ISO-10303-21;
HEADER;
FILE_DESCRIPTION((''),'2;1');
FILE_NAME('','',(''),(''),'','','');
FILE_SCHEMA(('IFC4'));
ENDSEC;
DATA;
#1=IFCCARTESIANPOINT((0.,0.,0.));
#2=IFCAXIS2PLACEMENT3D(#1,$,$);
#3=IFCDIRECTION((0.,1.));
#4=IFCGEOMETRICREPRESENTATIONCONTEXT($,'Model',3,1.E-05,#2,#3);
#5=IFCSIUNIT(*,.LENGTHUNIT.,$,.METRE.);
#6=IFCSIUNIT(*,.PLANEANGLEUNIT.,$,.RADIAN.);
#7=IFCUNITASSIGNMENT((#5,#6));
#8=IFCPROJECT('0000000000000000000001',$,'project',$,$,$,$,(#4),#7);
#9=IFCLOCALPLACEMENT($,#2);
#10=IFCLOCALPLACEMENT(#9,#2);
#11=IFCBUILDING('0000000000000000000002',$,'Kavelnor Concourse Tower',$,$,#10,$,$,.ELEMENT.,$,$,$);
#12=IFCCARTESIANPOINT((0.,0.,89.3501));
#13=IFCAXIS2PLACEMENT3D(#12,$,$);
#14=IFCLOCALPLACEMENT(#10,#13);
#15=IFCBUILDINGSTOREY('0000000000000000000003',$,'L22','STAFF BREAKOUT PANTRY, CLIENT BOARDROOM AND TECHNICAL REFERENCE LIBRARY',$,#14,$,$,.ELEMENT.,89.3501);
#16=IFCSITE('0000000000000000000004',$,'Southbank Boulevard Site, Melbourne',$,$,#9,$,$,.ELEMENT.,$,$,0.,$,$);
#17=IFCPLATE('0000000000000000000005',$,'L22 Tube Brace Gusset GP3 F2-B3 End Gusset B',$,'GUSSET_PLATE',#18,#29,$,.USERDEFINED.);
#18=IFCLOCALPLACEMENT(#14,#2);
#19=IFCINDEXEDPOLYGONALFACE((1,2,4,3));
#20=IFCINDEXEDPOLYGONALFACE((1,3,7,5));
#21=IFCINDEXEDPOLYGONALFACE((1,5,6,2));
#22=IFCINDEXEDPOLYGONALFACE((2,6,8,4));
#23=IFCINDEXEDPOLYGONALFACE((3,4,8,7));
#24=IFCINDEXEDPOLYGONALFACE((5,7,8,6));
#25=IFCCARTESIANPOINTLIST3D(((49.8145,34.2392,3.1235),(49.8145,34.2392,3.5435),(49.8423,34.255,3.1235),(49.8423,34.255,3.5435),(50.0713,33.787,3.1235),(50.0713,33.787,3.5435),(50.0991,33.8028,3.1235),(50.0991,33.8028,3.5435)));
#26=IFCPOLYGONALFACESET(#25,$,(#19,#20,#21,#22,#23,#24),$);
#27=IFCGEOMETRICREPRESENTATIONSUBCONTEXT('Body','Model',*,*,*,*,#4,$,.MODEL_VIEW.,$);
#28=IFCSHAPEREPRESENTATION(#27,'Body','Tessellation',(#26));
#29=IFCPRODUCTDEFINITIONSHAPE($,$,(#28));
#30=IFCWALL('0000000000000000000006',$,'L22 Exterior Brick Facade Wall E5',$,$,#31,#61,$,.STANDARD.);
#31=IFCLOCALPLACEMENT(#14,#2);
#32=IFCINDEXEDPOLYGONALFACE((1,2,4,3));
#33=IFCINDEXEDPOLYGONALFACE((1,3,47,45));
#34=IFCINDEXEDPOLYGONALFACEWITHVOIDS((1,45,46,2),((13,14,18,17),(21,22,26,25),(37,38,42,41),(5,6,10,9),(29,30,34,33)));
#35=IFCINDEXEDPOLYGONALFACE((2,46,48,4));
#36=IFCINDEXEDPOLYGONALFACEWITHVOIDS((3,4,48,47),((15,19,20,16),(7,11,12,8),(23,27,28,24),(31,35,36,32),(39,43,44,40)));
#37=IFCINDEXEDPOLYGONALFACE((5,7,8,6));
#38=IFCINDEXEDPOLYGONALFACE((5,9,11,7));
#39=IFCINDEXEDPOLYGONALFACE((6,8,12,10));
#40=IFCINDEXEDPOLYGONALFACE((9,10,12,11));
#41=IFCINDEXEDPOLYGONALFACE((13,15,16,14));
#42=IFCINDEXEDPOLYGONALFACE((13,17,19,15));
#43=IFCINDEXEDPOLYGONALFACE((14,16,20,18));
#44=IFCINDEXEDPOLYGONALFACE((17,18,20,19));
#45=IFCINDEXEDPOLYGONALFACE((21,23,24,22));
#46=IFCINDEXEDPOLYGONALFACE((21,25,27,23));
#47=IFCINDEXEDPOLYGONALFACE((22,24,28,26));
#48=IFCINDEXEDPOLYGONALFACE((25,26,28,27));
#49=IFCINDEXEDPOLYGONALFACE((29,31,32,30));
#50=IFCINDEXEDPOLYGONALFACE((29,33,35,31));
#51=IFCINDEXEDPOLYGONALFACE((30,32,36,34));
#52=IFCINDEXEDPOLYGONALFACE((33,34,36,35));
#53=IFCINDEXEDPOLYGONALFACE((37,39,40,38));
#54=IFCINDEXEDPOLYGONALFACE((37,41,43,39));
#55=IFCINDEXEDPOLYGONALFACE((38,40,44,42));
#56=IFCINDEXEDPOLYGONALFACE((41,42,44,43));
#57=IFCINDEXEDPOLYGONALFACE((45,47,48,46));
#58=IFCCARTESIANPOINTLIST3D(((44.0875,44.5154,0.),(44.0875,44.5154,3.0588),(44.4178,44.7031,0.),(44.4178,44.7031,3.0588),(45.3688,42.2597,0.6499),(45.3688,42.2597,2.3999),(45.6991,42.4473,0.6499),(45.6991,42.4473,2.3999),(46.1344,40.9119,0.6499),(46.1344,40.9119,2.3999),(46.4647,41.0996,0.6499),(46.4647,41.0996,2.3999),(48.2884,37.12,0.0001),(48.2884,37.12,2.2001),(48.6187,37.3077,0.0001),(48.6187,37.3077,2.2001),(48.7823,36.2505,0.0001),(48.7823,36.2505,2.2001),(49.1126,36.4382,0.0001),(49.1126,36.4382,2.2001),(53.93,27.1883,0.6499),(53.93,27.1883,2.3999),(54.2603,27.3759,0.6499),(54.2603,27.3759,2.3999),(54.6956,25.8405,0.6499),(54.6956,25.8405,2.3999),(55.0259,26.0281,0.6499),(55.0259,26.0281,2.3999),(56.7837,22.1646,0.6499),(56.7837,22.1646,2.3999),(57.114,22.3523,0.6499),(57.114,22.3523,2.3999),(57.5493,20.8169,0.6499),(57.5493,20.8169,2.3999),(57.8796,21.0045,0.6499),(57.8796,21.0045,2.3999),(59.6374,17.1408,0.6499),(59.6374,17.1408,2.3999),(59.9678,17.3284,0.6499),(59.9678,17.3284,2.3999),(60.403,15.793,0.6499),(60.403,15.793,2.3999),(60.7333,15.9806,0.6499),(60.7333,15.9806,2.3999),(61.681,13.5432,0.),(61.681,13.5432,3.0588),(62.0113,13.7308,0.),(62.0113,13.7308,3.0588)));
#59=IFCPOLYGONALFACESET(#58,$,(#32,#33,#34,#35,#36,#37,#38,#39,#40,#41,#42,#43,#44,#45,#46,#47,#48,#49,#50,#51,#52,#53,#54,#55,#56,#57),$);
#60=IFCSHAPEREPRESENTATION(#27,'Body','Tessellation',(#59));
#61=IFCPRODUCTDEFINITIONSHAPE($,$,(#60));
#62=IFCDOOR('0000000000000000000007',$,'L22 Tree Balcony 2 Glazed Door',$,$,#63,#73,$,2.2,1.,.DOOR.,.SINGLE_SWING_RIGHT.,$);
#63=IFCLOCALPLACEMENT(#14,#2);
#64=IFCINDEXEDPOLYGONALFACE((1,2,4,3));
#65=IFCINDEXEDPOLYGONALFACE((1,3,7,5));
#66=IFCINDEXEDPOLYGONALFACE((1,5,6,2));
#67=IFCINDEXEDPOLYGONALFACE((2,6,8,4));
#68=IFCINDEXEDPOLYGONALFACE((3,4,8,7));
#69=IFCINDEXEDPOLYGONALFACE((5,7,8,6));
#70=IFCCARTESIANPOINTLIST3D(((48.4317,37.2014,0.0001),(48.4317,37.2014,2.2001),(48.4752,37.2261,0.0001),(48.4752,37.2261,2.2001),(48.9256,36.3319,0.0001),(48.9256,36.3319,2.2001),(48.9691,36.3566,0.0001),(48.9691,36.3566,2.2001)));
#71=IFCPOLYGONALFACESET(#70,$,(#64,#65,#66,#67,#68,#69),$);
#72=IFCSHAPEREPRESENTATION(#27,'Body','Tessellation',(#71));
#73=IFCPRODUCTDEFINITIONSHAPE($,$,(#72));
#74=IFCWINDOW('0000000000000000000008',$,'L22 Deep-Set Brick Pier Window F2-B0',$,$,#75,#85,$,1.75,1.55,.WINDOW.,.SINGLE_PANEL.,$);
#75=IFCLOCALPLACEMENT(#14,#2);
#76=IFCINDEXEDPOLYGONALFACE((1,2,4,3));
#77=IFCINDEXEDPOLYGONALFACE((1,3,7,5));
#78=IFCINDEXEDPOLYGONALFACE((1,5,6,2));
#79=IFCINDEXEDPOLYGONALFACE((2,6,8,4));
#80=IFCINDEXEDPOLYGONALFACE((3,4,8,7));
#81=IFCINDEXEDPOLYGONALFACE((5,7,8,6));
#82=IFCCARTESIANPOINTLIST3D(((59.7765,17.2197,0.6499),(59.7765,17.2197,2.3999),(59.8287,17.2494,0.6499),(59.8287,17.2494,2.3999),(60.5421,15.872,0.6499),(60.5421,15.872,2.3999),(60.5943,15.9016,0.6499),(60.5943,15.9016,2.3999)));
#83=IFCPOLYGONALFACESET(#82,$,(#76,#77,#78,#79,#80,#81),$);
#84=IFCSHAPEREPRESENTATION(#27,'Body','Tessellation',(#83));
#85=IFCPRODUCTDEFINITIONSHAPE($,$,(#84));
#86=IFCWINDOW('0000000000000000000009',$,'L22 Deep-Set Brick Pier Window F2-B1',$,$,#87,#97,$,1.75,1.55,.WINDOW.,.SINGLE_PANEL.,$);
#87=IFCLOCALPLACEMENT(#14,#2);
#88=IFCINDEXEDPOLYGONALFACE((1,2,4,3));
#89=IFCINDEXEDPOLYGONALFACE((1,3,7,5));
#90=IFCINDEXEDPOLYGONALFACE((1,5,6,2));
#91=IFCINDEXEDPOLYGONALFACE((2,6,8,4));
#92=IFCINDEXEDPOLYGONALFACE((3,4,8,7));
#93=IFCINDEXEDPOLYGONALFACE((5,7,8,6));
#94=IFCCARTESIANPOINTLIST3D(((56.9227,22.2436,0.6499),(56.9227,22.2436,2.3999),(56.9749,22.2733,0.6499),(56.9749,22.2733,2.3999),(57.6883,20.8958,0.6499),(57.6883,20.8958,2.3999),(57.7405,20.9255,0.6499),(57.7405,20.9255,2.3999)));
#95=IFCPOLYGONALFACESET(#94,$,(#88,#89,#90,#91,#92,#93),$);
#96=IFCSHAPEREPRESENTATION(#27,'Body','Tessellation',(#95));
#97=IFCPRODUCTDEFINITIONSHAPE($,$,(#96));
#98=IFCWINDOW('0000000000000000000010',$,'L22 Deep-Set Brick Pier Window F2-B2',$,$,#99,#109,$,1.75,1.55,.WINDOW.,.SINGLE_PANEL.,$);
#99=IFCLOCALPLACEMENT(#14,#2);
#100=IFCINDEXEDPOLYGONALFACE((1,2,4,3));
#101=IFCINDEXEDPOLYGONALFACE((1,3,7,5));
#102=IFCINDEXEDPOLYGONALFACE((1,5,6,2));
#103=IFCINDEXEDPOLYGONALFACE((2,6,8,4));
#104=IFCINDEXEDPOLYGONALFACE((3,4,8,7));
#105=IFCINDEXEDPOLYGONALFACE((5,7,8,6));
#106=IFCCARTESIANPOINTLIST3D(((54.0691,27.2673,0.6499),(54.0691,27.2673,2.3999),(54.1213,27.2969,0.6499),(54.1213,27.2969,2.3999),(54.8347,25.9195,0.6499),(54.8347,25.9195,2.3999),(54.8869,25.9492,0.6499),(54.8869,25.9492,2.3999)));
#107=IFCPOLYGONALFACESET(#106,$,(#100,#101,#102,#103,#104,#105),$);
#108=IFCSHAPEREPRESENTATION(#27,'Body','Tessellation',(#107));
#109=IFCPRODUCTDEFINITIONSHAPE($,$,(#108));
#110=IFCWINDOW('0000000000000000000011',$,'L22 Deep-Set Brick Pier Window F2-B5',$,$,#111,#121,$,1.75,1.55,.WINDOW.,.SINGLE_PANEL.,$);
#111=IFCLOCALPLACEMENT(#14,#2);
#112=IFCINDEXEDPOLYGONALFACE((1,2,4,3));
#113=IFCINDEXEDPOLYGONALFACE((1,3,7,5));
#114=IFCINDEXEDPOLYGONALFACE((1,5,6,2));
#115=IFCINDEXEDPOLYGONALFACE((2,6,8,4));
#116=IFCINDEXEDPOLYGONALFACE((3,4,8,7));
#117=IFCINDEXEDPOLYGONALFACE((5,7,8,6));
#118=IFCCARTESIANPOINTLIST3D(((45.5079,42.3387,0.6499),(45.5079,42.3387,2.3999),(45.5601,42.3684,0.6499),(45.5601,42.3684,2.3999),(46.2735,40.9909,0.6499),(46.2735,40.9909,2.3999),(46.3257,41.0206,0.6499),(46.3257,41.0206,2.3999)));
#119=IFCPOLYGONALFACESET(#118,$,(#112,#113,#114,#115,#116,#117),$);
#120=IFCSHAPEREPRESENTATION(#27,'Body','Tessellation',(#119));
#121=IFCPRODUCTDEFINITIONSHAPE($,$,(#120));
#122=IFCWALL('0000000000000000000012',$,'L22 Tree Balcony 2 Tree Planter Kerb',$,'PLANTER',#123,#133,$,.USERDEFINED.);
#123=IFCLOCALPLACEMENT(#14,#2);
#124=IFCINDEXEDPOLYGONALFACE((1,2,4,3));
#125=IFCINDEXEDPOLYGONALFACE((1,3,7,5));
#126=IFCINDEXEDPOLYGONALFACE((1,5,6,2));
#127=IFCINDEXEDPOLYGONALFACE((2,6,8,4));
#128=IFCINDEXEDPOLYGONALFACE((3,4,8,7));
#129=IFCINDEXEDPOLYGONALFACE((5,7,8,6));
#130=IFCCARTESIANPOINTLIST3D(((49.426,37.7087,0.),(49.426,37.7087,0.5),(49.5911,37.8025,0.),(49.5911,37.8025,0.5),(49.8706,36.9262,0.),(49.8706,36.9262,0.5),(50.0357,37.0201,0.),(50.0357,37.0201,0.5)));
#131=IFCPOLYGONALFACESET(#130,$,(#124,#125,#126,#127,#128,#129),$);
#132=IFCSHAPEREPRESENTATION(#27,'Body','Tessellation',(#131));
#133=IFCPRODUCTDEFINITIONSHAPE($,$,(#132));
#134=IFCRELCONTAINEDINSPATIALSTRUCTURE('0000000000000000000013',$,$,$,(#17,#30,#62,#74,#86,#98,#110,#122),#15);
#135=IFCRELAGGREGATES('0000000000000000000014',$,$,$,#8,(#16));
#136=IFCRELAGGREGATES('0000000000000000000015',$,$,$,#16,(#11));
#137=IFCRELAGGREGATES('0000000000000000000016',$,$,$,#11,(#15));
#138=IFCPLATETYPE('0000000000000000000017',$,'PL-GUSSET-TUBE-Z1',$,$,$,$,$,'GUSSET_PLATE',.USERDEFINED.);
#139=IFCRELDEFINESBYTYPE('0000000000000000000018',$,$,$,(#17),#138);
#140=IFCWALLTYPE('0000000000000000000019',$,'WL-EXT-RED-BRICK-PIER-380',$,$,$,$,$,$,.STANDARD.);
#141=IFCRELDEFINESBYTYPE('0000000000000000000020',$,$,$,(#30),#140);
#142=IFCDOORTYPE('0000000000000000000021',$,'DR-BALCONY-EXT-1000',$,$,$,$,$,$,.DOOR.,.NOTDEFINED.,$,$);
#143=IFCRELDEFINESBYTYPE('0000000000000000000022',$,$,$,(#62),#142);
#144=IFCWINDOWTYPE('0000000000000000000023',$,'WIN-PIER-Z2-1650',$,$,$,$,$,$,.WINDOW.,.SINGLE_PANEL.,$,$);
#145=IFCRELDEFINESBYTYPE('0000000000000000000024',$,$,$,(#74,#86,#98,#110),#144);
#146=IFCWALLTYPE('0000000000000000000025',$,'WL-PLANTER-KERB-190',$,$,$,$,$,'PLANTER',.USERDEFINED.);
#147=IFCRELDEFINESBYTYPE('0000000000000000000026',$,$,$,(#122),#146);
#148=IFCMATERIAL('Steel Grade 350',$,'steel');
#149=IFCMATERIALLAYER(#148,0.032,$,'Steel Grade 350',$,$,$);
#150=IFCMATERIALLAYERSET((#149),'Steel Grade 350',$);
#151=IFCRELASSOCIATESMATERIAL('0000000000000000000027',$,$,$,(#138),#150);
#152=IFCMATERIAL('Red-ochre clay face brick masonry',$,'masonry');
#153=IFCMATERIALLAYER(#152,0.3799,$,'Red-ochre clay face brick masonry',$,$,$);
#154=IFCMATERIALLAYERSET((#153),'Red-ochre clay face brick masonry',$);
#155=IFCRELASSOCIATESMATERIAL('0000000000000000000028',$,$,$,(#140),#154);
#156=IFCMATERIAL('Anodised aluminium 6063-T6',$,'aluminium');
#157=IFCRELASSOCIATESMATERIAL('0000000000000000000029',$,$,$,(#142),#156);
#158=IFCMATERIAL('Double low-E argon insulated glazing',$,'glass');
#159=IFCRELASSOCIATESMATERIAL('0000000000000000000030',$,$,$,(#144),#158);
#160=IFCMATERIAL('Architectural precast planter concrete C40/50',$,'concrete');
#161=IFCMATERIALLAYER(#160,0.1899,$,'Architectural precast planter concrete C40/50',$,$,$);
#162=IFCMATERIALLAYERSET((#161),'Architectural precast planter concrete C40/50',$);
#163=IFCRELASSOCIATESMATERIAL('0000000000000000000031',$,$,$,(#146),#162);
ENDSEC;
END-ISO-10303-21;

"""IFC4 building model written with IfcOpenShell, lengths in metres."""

from ifc_helpers import new_model, si_unit, direction, frame, frame_2d, origin, origin_2d, place, context, subcontext, project, spatial, rectangle, extrude, material, layer, layer_set, type_object, element, fill, save


model = new_model("IFC4")

# Units and contexts
model_context = context("Model", 3, precision=1e-05, world=origin(), true_north=direction((0.0, 1.0)))
body_context = subcontext(model_context, "Body", "Model", "MODEL_VIEW")
ifc_project = project(units=[si_unit("LENGTHUNIT", "METRE"), si_unit("PLANEANGLEUNIT", "RADIAN")], contexts=[model_context])

# Site, building, storey
site_placement = place(None, origin())
site = spatial("IfcSite", under=ifc_project, at=site_placement, Name="Southbank Boulevard Site, Melbourne", CompositionType="ELEMENT", RefElevation=0.0)
building_placement = place(site_placement, origin())
building = spatial("IfcBuilding", under=site, at=building_placement, Name="Kavelnor Concourse Tower", CompositionType="ELEMENT")
storey_placement = place(building_placement, frame((0.0, 0.0, 89.3501)))
storey = spatial("IfcBuildingStorey", under=building, at=storey_placement, Name="L22", Description="STAFF BREAKOUT PANTRY, CLIENT BOARDROOM AND TECHNICAL REFERENCE LIBRARY", CompositionType="ELEMENT", Elevation=89.3501)

# Shared definitions
ifc_material_1 = material(Name="Steel Grade 350", Category="steel")

# Plate
ifc_layer_1 = layer(ifc_material_1, 0.032, Name="Steel Grade 350")
ifc_layer_set_1 = layer_set([ifc_layer_1], Name="Steel Grade 350")
plate_type = type_object("IfcPlateType", Name="PL-GUSSET-TUBE-Z1", ElementType="GUSSET_PLATE", PredefinedType="USERDEFINED", material=ifc_layer_set_1)
plate_placement = place(storey_placement, frame((49.9568, 34.021, 3.1235), z_axis=(0.0, 0.0, 1.0), x_axis=(-0.493942, 0.869495, 0.0)))
element("IfcPlate", 1, at=plate_placement, inside=storey, type_object=plate_type, Name="L22 Tube Brace Gusset GP3 F2-B3 End Gusset B", ObjectType="GUSSET_PLATE", PredefinedType="USERDEFINED", context=body_context, shape_type="SweptSolid", body=[
    extrude(rectangle(XDim=0.52, YDim=0.032, at=origin_2d()), origin(), (0.0, 0.0, 1.0), 0.4199),
])

# Wall, openings, door, windows
ifc_material_2 = material(Name="Red-ochre clay face brick masonry", Category="masonry")
ifc_layer_2 = layer(ifc_material_2, 0.3799, Name="Red-ochre clay face brick masonry")
ifc_layer_set_2 = layer_set([ifc_layer_2], Name="Red-ochre clay face brick masonry")
wall_type_1 = type_object("IfcWallType", Name="WL-EXT-RED-BRICK-PIER-380", PredefinedType="STANDARD", material=ifc_layer_set_2)
wall_1_placement = place(storey_placement, frame((44.2527, 44.6091, 0.0), z_axis=(0.0, 0.0, 1.0), x_axis=(0.493918, -0.869509, 0.0)))
wall_1 = element("IfcWall", 2, at=wall_1_placement, inside=storey, type_object=wall_type_1, Name="L22 Exterior Brick Facade Wall E5", PredefinedType="STANDARD", context=body_context, shape_type="SweptSolid", body=[
    extrude(rectangle(XDim=35.6204, YDim=0.3799, at=frame_2d((17.8101, 0.0))), origin(), (0.0, 0.0, 1.0), 3.0588),
])
opening_1_placement = place(wall_1_placement, frame((8.5051, 0.0, 0.0)))
opening_1 = element("IfcOpeningElement", 3, at=opening_1_placement, cuts=wall_1, PredefinedType="OPENING", context=body_context, shape_type="SweptSolid", body=[
    extrude(rectangle(XDim=1.0, YDim=2.2, at=frame_2d((0.5, 1.1001))), frame((0.0, 0.2, 0.0), z_axis=(0.0, -1.0, 0.0), x_axis=(1.0, 0.0, 0.0)), (0.0, 0.0, 1.0), 0.3999),
])
opening_2_placement = place(wall_1_placement, frame((31.4829, 0.0, 0.6499)))
opening_2 = element("IfcOpeningElement", 4, at=opening_2_placement, cuts=wall_1, PredefinedType="OPENING", context=body_context, shape_type="SweptSolid", body=[
    extrude(rectangle(XDim=1.55, YDim=1.75, at=frame_2d((0.7749, 0.875))), frame((0.0, 0.2, 0.0), z_axis=(0.0, -1.0, 0.0), x_axis=(1.0, 0.0, 0.0)), (0.0, 0.0, 1.0), 0.3999),
])
opening_3_placement = place(wall_1_placement, frame((25.7051, 0.0, 0.6499)))
opening_3 = element("IfcOpeningElement", 5, at=opening_3_placement, cuts=wall_1, PredefinedType="OPENING", context=body_context, shape_type="SweptSolid", body=[
    extrude(rectangle(XDim=1.55, YDim=1.75, at=frame_2d((0.7749, 0.875))), frame((0.0, 0.2, 0.0), z_axis=(0.0, -1.0, 0.0), x_axis=(1.0, 0.0, 0.0)), (0.0, 0.0, 1.0), 0.3999),
])
opening_4_placement = place(wall_1_placement, frame((19.9275, 0.0, 0.6499)))
opening_4 = element("IfcOpeningElement", 6, at=opening_4_placement, cuts=wall_1, PredefinedType="OPENING", context=body_context, shape_type="SweptSolid", body=[
    extrude(rectangle(XDim=1.55, YDim=1.75, at=frame_2d((0.7749, 0.875))), frame((0.0, 0.2, 0.0), z_axis=(0.0, -1.0, 0.0), x_axis=(1.0, 0.0, 0.0)), (0.0, 0.0, 1.0), 0.3999),
])
opening_5_placement = place(wall_1_placement, frame((2.5942, 0.0, 0.6499)))
opening_5 = element("IfcOpeningElement", 7, at=opening_5_placement, cuts=wall_1, PredefinedType="OPENING", context=body_context, shape_type="SweptSolid", body=[
    extrude(rectangle(XDim=1.55, YDim=1.75, at=frame_2d((0.7749, 0.875))), frame((0.0, 0.2, 0.0), z_axis=(0.0, -1.0, 0.0), x_axis=(1.0, 0.0, 0.0)), (0.0, 0.0, 1.0), 0.3999),
])
ifc_material_3 = material(Name="Anodised aluminium 6063-T6", Category="aluminium")
door_type = type_object("IfcDoorType", Name="DR-BALCONY-EXT-1000", OperationType="NOTDEFINED", PredefinedType="DOOR", material=ifc_material_3)
door_placement = place(opening_1_placement, origin())
door = element("IfcDoor", 8, at=door_placement, inside=storey, type_object=door_type, Name="L22 Tree Balcony 2 Glazed Door", OperationType="SINGLE_SWING_RIGHT", OverallHeight=2.2, OverallWidth=1.0, PredefinedType="DOOR", context=body_context, shape_type="SweptSolid", body=[
    extrude(rectangle(XDim=1.0, YDim=2.2, at=frame_2d((0.5, 1.1001))), frame((0.0, 0.0249, 0.0), z_axis=(0.0, -1.0, 0.0), x_axis=(1.0, 0.0, 0.0)), (0.0, 0.0, 1.0), 0.05),
])
fill(opening_1, door)
ifc_material_4 = material(Name="Double low-E argon insulated glazing", Category="glass")
window_type = type_object("IfcWindowType", Name="WIN-PIER-Z2-1650", PartitioningType="SINGLE_PANEL", PredefinedType="WINDOW", material=ifc_material_4)
window_1_placement = place(opening_2_placement, origin())
window_1 = element("IfcWindow", 9, at=window_1_placement, inside=storey, type_object=window_type, Name="L22 Deep-Set Brick Pier Window F2-B0", OverallHeight=1.75, OverallWidth=1.55, PartitioningType="SINGLE_PANEL", PredefinedType="WINDOW", context=body_context, shape_type="SweptSolid", body=[
    extrude(rectangle(XDim=1.55, YDim=1.75, at=frame_2d((0.7749, 0.875))), frame((0.0, 0.03, 0.0), z_axis=(0.0, -1.0, 0.0), x_axis=(1.0, 0.0, 0.0)), (0.0, 0.0, 1.0), 0.0601),
])
fill(opening_2, window_1)
window_2_placement = place(opening_3_placement, origin())
window_2 = element("IfcWindow", 10, at=window_2_placement, inside=storey, type_object=window_type, Name="L22 Deep-Set Brick Pier Window F2-B1", OverallHeight=1.75, OverallWidth=1.55, PartitioningType="SINGLE_PANEL", PredefinedType="WINDOW", context=body_context, shape_type="SweptSolid", body=[
    extrude(rectangle(XDim=1.55, YDim=1.75, at=frame_2d((0.7749, 0.875))), frame((0.0, 0.03, 0.0), z_axis=(0.0, -1.0, 0.0), x_axis=(1.0, 0.0, 0.0)), (0.0, 0.0, 1.0), 0.0601),
])
fill(opening_3, window_2)
window_3_placement = place(opening_4_placement, origin())
window_3 = element("IfcWindow", 11, at=window_3_placement, inside=storey, type_object=window_type, Name="L22 Deep-Set Brick Pier Window F2-B2", OverallHeight=1.75, OverallWidth=1.55, PartitioningType="SINGLE_PANEL", PredefinedType="WINDOW", context=body_context, shape_type="SweptSolid", body=[
    extrude(rectangle(XDim=1.55, YDim=1.75, at=frame_2d((0.7749, 0.875))), frame((0.0, 0.03, 0.0), z_axis=(0.0, -1.0, 0.0), x_axis=(1.0, 0.0, 0.0)), (0.0, 0.0, 1.0), 0.0601),
])
fill(opening_4, window_3)
window_4_placement = place(opening_5_placement, origin())
window_4 = element("IfcWindow", 12, at=window_4_placement, inside=storey, type_object=window_type, Name="L22 Deep-Set Brick Pier Window F2-B5", OverallHeight=1.75, OverallWidth=1.55, PartitioningType="SINGLE_PANEL", PredefinedType="WINDOW", context=body_context, shape_type="SweptSolid", body=[
    extrude(rectangle(XDim=1.55, YDim=1.75, at=frame_2d((0.7749, 0.875))), frame((0.0, 0.03, 0.0), z_axis=(0.0, -1.0, 0.0), x_axis=(1.0, 0.0, 0.0)), (0.0, 0.0, 1.0), 0.0601),
])
fill(opening_5, window_4)

# Wall
ifc_material_5 = material(Name="Architectural precast planter concrete C40/50", Category="concrete")
ifc_layer_3 = layer(ifc_material_5, 0.1899, Name="Architectural precast planter concrete C40/50")
ifc_layer_set_3 = layer_set([ifc_layer_3], Name="Architectural precast planter concrete C40/50")
wall_type_2 = type_object("IfcWallType", Name="WL-PLANTER-KERB-190", ElementType="PLANTER", PredefinedType="USERDEFINED", material=ifc_layer_set_3)
wall_2_placement = place(storey_placement, frame((49.9531, 36.9731, 0.0), z_axis=(0.0, 0.0, 1.0), x_axis=(-0.494005, 0.869459, 0.0)))
element("IfcWall", 13, at=wall_2_placement, inside=storey, type_object=wall_type_2, Name="L22 Tree Balcony 2 Tree Planter Kerb", ObjectType="PLANTER", PredefinedType="USERDEFINED", context=body_context, shape_type="SweptSolid", body=[
    extrude(rectangle(XDim=0.8999, YDim=0.1899, at=frame_2d((0.45, 0.0))), origin(), (0.0, 0.0, 1.0), 0.5),
])

save(model, "model.ifc")
